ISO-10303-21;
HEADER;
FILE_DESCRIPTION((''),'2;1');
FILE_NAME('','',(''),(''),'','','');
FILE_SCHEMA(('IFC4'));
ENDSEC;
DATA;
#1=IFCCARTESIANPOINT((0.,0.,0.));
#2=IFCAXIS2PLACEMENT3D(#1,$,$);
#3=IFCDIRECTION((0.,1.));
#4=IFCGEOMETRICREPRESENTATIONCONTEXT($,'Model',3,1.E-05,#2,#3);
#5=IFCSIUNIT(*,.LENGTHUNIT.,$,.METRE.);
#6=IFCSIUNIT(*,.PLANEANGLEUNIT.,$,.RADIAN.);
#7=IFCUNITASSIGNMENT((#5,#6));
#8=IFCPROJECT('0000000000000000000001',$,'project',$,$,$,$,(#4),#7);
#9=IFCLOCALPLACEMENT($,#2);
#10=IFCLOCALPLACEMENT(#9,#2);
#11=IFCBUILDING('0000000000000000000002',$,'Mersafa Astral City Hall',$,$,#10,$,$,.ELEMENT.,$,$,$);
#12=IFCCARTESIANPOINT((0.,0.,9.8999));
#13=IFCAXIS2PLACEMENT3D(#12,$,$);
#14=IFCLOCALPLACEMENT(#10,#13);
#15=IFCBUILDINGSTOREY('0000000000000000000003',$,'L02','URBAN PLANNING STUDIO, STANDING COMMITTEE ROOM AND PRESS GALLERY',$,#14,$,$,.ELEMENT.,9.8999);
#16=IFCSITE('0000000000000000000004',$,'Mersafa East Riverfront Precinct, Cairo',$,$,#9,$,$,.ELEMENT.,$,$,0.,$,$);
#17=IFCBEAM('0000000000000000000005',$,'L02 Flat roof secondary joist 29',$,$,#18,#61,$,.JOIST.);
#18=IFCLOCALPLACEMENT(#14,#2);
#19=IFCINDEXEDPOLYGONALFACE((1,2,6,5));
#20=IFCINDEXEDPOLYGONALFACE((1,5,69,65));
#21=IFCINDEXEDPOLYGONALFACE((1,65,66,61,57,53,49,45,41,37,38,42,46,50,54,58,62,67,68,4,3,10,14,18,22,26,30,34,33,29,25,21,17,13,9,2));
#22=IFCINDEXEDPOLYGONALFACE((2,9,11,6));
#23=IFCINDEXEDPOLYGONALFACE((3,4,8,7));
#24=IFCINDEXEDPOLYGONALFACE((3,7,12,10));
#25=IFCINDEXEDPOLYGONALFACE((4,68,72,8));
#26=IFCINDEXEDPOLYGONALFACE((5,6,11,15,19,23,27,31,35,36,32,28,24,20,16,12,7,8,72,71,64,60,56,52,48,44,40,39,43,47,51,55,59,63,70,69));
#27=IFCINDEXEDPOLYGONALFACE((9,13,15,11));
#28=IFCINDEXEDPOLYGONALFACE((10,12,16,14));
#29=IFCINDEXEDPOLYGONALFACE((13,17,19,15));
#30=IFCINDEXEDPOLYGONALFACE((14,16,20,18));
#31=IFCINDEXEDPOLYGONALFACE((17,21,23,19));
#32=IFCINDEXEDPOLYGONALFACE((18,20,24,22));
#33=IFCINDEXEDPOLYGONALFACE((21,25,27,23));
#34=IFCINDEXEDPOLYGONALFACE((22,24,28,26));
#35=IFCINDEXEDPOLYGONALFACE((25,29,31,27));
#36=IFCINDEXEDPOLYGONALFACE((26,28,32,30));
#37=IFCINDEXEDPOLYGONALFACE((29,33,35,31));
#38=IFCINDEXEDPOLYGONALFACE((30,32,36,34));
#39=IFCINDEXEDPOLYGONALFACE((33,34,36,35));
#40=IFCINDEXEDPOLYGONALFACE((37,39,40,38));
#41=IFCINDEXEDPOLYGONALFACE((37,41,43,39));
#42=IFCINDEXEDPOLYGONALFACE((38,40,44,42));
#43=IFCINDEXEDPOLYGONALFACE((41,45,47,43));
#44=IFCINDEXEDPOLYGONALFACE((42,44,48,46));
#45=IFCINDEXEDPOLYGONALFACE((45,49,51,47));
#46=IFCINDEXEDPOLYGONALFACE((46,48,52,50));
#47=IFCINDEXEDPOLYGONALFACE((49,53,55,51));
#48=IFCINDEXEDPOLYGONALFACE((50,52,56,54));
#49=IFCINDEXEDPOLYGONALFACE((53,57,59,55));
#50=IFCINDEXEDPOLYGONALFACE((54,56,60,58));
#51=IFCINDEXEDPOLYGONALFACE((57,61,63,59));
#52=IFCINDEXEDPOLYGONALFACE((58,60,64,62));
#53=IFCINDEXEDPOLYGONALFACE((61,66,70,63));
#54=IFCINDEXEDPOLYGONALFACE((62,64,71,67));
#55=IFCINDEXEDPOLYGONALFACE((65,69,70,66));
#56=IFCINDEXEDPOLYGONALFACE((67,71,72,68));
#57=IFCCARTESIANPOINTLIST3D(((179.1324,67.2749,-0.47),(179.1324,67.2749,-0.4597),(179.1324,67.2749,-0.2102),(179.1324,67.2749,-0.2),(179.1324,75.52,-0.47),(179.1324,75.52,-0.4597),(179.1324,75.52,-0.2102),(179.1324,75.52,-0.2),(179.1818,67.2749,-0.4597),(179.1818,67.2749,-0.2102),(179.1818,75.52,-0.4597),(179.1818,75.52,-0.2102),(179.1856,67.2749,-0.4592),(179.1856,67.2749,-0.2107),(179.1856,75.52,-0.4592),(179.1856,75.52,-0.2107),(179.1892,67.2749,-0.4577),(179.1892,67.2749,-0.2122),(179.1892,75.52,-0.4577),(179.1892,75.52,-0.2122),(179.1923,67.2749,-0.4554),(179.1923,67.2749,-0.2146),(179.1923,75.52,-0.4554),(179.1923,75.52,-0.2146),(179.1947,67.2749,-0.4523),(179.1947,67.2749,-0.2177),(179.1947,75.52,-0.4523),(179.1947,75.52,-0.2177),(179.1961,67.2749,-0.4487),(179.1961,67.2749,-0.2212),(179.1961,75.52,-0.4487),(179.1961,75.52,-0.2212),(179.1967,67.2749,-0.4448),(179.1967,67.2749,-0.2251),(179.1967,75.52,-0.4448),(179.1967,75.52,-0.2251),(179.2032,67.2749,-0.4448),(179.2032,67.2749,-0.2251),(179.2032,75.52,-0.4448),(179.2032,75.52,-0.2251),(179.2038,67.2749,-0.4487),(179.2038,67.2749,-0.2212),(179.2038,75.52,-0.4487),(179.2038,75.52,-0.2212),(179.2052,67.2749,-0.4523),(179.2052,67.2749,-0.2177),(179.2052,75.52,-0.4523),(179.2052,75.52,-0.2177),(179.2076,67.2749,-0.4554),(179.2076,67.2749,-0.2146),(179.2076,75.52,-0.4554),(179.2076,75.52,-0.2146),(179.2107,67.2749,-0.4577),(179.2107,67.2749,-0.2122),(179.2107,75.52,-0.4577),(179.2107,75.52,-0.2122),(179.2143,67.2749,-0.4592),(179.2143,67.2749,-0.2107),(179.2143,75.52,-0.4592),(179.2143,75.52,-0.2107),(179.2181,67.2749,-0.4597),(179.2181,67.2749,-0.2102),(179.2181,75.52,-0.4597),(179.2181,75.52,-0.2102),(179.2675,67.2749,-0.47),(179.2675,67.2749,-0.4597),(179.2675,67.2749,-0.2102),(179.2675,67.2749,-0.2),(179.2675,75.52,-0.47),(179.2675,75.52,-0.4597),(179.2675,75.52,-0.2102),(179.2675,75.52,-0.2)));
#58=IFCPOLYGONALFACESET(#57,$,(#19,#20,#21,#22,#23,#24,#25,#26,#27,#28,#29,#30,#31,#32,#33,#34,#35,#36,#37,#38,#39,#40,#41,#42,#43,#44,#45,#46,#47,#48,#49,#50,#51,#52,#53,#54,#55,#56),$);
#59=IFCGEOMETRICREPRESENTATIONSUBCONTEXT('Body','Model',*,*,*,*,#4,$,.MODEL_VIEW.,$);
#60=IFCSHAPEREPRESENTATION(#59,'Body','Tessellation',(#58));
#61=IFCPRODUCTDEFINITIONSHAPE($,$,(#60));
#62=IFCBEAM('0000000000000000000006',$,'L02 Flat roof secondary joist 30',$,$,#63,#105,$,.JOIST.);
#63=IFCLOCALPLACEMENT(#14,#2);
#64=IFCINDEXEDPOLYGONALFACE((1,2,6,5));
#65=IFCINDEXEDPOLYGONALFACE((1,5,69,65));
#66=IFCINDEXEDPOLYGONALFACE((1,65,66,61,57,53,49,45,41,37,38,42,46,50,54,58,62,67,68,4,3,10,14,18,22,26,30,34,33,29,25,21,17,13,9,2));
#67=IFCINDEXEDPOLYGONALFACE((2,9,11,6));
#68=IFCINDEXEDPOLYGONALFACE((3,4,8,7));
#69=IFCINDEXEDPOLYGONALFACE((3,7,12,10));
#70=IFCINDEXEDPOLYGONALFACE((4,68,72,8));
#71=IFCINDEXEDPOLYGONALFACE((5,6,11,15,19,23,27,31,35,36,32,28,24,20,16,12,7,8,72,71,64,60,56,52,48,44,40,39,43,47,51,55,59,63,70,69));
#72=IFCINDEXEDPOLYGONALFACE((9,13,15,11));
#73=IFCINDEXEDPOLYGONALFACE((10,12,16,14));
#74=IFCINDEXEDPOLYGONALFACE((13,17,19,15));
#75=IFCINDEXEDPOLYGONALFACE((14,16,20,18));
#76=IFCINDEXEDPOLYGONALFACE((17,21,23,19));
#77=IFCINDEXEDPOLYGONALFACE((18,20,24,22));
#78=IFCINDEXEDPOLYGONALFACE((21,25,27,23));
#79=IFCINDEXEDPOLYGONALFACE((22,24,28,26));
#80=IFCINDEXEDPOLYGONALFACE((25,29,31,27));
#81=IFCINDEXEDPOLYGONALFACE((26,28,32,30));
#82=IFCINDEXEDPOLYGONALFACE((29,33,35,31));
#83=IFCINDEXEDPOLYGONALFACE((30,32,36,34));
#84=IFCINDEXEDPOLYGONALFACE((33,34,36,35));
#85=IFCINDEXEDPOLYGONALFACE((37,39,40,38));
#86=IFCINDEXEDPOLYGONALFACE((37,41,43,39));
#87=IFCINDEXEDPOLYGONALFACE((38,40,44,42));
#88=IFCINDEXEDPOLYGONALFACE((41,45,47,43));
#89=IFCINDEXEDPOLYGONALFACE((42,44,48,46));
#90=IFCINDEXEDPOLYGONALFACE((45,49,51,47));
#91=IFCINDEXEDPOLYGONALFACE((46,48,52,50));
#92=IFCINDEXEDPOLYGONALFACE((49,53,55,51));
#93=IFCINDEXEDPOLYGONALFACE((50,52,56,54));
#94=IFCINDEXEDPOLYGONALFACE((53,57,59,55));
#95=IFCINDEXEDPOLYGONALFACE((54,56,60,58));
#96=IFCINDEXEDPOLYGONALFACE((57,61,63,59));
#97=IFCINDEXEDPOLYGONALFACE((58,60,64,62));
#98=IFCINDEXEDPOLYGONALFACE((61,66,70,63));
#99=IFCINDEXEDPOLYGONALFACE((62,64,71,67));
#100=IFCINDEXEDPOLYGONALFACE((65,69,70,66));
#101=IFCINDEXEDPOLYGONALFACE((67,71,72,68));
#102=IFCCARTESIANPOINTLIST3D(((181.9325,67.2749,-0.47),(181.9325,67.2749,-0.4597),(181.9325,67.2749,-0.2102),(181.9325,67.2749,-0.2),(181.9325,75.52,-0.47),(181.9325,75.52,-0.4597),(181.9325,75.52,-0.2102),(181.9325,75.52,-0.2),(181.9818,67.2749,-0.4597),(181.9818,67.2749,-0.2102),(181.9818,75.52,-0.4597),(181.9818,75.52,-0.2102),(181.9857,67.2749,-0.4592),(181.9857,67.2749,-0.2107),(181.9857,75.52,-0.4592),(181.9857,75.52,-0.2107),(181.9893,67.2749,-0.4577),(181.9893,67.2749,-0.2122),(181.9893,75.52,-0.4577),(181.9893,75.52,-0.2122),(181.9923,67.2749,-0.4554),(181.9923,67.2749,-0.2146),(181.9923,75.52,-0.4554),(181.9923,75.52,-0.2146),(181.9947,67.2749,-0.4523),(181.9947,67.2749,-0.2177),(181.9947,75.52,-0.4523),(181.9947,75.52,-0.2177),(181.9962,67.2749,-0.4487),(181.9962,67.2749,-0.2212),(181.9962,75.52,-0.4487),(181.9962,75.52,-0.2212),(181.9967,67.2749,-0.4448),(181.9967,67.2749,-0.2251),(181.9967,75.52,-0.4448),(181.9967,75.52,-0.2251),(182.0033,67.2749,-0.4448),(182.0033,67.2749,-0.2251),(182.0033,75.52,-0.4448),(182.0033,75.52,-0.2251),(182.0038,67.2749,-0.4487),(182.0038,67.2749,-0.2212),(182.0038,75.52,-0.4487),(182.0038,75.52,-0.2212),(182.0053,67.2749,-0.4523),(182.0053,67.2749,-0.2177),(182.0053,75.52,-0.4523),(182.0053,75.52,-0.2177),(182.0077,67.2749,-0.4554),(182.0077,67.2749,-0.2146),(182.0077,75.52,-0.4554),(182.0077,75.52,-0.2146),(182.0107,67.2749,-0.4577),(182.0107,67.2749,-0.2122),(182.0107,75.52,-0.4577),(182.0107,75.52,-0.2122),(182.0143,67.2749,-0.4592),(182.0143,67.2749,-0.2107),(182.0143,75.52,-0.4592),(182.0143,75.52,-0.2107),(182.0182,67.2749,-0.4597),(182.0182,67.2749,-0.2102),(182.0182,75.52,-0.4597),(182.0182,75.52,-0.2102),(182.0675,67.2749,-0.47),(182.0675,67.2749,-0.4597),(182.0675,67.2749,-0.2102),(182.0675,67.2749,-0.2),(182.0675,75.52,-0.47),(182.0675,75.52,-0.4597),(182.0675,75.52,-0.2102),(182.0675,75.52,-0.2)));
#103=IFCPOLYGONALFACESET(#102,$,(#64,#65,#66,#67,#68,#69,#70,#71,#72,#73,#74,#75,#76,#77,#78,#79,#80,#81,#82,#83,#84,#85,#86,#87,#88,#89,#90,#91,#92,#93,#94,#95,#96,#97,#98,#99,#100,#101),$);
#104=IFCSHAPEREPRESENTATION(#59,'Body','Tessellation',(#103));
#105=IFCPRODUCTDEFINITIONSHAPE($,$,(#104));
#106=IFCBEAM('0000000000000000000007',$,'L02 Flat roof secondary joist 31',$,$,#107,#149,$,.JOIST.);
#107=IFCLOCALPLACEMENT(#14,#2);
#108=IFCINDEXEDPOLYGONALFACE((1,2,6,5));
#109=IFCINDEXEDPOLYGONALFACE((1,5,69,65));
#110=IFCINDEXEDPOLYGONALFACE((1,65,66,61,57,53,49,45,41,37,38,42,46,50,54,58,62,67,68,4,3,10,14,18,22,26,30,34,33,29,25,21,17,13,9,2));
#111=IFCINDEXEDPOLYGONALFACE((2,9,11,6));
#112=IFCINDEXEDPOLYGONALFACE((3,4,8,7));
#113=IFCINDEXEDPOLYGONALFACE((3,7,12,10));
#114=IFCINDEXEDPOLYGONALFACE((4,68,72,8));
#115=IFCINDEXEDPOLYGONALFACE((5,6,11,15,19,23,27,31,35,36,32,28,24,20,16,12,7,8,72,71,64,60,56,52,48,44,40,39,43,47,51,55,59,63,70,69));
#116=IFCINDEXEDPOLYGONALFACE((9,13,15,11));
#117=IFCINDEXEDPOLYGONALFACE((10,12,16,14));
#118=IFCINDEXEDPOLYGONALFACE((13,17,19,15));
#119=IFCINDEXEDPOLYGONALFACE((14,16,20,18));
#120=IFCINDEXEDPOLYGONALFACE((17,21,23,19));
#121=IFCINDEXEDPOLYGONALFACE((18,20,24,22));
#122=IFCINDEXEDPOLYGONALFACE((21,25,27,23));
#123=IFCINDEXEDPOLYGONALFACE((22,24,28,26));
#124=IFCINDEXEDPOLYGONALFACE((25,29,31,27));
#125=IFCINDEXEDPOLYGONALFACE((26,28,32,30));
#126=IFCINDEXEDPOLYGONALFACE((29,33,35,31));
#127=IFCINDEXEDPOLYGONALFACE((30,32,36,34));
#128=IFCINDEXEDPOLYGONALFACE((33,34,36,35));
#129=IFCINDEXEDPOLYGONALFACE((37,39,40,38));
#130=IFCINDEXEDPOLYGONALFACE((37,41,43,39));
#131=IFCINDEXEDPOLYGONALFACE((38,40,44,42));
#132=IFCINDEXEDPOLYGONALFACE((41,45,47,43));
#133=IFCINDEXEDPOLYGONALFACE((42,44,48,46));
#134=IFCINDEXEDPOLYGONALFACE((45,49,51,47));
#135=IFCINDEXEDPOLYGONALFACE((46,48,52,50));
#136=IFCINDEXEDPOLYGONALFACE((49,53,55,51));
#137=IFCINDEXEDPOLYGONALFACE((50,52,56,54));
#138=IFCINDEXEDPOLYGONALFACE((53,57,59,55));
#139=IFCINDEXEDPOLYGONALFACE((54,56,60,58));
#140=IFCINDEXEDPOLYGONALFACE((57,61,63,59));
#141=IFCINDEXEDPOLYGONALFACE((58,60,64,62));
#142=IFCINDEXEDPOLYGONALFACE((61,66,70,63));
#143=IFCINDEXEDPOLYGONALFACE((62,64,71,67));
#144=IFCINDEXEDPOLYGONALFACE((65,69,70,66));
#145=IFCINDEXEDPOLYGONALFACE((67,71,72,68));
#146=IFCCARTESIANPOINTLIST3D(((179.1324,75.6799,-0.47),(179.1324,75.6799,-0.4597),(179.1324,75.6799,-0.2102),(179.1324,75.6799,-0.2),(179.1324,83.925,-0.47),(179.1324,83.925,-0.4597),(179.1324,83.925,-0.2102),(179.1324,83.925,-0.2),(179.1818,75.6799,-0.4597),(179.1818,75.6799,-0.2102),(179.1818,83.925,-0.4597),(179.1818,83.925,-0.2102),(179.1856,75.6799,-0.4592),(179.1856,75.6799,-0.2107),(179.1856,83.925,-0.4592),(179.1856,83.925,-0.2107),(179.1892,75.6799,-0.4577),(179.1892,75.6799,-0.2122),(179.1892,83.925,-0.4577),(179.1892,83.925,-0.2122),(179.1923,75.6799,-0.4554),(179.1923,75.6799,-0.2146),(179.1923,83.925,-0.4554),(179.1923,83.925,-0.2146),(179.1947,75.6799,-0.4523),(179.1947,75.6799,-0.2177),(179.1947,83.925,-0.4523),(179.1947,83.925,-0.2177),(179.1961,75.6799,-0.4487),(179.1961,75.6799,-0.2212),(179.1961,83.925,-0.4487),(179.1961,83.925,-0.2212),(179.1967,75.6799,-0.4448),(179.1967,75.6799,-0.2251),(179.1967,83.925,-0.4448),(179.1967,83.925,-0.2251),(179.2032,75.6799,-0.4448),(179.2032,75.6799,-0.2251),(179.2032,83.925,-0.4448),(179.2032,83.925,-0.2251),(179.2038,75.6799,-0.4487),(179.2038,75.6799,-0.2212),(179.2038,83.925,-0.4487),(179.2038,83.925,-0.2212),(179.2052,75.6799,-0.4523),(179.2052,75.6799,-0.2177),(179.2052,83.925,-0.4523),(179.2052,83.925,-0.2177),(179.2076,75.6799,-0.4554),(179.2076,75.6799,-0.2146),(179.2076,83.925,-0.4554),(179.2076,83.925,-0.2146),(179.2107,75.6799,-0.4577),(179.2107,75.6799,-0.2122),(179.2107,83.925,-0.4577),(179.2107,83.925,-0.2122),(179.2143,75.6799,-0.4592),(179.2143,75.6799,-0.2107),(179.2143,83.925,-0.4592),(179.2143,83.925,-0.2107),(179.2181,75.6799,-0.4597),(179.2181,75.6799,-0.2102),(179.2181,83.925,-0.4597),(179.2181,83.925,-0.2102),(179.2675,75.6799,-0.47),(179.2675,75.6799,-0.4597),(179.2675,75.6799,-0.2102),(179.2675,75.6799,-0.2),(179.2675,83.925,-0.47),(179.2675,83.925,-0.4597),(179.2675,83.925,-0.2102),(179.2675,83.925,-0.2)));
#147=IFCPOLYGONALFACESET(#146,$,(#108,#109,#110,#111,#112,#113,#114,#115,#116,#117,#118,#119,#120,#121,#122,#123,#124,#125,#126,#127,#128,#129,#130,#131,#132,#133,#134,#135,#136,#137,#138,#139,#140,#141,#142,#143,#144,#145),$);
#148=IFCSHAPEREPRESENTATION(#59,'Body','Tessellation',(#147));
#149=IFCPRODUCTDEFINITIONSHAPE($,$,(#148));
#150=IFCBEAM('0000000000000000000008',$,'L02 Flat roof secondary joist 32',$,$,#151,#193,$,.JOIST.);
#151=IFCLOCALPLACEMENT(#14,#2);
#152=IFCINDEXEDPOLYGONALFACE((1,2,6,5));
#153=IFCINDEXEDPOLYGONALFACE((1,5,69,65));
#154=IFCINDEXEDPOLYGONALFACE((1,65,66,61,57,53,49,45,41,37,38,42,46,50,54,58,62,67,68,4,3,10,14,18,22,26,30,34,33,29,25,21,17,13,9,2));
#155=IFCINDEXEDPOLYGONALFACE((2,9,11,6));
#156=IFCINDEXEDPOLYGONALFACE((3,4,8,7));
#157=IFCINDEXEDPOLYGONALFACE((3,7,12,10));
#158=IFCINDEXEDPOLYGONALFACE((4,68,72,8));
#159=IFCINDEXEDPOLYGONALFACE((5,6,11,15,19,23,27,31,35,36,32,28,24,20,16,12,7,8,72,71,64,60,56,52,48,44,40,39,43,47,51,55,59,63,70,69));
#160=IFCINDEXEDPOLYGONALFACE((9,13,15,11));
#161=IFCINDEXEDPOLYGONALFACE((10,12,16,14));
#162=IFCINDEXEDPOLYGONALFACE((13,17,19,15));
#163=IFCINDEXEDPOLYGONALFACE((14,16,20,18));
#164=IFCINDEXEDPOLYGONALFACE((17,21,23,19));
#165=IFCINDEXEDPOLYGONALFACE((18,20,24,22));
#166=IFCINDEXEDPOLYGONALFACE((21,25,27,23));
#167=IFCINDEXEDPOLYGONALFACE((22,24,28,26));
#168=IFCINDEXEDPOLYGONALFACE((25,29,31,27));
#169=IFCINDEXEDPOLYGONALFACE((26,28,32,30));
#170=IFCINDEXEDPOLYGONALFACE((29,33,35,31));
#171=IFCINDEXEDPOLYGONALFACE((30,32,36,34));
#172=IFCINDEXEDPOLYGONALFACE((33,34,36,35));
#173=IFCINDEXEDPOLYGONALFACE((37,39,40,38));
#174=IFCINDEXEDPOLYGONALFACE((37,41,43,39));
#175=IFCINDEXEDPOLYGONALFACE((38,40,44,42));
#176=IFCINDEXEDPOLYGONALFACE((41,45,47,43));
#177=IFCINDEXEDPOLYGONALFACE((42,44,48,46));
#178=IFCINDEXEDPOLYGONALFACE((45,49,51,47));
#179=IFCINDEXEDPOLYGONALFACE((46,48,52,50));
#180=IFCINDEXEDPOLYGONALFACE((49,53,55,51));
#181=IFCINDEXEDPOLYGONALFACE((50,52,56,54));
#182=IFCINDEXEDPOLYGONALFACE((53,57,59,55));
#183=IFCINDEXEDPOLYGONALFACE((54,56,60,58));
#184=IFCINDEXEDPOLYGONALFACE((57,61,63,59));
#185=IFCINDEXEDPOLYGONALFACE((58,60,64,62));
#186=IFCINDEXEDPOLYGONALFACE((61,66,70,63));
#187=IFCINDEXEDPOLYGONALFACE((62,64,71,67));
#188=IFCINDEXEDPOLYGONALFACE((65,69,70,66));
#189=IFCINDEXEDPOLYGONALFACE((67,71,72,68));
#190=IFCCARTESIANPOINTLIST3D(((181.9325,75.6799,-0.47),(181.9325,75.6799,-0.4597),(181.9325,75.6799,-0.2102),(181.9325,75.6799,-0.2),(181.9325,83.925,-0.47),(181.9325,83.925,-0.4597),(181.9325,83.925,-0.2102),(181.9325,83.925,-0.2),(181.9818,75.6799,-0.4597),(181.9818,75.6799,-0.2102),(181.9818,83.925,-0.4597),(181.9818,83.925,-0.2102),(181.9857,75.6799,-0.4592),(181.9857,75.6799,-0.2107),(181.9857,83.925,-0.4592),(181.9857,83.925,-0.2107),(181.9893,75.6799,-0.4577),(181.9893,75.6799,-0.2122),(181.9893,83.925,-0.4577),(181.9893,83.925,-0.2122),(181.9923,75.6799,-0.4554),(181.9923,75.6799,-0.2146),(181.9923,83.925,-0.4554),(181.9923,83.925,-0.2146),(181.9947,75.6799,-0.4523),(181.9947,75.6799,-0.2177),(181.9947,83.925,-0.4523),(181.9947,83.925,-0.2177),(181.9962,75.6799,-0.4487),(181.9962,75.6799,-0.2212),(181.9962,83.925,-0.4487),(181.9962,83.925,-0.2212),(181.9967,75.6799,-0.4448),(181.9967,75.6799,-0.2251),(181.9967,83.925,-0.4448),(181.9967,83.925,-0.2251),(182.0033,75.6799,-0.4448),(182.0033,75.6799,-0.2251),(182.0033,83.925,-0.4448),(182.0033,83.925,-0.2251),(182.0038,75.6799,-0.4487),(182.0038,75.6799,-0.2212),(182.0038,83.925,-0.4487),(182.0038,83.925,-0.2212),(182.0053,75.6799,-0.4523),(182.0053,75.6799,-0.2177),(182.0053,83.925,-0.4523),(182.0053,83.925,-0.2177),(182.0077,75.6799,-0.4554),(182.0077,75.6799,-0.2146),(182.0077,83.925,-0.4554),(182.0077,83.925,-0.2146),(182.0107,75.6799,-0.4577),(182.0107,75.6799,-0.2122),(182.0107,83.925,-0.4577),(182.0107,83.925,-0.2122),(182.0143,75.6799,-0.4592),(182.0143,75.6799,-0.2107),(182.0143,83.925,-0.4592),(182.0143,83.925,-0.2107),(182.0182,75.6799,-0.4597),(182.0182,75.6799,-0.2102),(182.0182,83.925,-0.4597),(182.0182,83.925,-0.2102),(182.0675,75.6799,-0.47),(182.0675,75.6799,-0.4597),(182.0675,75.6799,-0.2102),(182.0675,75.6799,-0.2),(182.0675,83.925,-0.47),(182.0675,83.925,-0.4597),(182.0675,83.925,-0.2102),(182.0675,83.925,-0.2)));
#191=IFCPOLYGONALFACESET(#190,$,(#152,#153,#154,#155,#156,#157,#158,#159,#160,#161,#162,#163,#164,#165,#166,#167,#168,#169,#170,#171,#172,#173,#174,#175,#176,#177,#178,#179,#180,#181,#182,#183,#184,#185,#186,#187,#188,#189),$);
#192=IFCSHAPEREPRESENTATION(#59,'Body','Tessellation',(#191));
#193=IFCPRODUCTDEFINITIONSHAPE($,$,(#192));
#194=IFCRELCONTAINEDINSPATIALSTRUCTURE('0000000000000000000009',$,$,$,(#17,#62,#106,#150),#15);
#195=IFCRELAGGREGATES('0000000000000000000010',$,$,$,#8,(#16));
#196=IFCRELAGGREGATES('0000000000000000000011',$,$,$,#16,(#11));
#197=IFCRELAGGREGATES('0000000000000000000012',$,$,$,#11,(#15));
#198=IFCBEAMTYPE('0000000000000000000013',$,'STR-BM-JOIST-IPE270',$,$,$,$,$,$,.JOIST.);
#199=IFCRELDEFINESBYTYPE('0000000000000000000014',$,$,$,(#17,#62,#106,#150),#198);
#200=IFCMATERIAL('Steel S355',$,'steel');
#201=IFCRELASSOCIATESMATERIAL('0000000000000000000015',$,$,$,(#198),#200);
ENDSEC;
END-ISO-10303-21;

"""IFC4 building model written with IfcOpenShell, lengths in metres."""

from ifc_helpers import new_model, si_unit, direction, frame, origin, origin_2d, place, context, subcontext, project, spatial, i_section, extrude, material, material_profile, profile_set, type_object, element, save


model = new_model("IFC4")

# Units and contexts
model_context = context("Model", 3, precision=1e-05, world=origin(), true_north=direction((0.0, 1.0)))
body_context = subcontext(model_context, "Body", "Model", "MODEL_VIEW")
ifc_project = project(units=[si_unit("LENGTHUNIT", "METRE"), si_unit("PLANEANGLEUNIT", "RADIAN")], contexts=[model_context])

# Site, building, storey
site_placement = place(None, origin())
site = spatial("IfcSite", under=ifc_project, at=site_placement, Name="Mersafa East Riverfront Precinct, Cairo", CompositionType="ELEMENT", RefElevation=0.0)
building_placement = place(site_placement, origin())
building = spatial("IfcBuilding", under=site, at=building_placement, Name="Mersafa Astral City Hall", CompositionType="ELEMENT")
storey_placement = place(building_placement, frame((0.0, 0.0, 9.8999)))
storey = spatial("IfcBuildingStorey", under=building, at=storey_placement, Name="L02", Description="URBAN PLANNING STUDIO, STANDING COMMITTEE ROOM AND PRESS GALLERY", CompositionType="ELEMENT", Elevation=9.8999)

# Shared definitions
ifc_material_1 = material(Name="Steel S355", Category="steel")

# Beams
ifc_material_profile_1 = material_profile(ifc_material_1, i_section(OverallWidth=0.135, OverallDepth=0.27, WebThickness=0.0066, FlangeThickness=0.0103, FilletRadius=0.0149, at=origin_2d()), Name="IPE 270")
ifc_profile_set_1 = profile_set([ifc_material_profile_1], Name="Steel S355")
beam_type_1 = type_object("IfcBeamType", Name="STR-BM-JOIST-IPE270", PredefinedType="JOIST", material=ifc_profile_set_1)
for number, where, z_axis, x_axis, name in (
    (1, (179.2, 67.2749, -0.335), (0.0, 1.0, 0.0), (-1.0, 0.0, 0.0), "L02 Flat roof secondary joist 29"),
    (2, (182.0, 67.2749, -0.335), (0.0, 1.0, 0.0), (-1.0, 0.0, 0.0), "L02 Flat roof secondary joist 30"),
    (3, (179.2, 75.6799, -0.335), (0.0, 1.0, 0.0), (-1.0, 0.0, 0.0), "L02 Flat roof secondary joist 31"),
    (4, (182.0, 75.6799, -0.335), (0.0, 1.0, 0.0), (-1.0, 0.0, 0.0), "L02 Flat roof secondary joist 32"),
):
    element("IfcBeam", number, at=place(storey_placement, frame(where, z_axis=z_axis, x_axis=x_axis)), inside=storey, type_object=beam_type_1, Name=name, PredefinedType="JOIST", context=body_context, shape_type="SweptSolid", body=[
        extrude(i_section(OverallWidth=0.135, OverallDepth=0.27, WebThickness=0.0066, FlangeThickness=0.0103, FilletRadius=0.0149, at=origin_2d()), origin(), (0.0, 0.0, 1.0), 8.2451),
    ])

save(model, "model.ifc")
